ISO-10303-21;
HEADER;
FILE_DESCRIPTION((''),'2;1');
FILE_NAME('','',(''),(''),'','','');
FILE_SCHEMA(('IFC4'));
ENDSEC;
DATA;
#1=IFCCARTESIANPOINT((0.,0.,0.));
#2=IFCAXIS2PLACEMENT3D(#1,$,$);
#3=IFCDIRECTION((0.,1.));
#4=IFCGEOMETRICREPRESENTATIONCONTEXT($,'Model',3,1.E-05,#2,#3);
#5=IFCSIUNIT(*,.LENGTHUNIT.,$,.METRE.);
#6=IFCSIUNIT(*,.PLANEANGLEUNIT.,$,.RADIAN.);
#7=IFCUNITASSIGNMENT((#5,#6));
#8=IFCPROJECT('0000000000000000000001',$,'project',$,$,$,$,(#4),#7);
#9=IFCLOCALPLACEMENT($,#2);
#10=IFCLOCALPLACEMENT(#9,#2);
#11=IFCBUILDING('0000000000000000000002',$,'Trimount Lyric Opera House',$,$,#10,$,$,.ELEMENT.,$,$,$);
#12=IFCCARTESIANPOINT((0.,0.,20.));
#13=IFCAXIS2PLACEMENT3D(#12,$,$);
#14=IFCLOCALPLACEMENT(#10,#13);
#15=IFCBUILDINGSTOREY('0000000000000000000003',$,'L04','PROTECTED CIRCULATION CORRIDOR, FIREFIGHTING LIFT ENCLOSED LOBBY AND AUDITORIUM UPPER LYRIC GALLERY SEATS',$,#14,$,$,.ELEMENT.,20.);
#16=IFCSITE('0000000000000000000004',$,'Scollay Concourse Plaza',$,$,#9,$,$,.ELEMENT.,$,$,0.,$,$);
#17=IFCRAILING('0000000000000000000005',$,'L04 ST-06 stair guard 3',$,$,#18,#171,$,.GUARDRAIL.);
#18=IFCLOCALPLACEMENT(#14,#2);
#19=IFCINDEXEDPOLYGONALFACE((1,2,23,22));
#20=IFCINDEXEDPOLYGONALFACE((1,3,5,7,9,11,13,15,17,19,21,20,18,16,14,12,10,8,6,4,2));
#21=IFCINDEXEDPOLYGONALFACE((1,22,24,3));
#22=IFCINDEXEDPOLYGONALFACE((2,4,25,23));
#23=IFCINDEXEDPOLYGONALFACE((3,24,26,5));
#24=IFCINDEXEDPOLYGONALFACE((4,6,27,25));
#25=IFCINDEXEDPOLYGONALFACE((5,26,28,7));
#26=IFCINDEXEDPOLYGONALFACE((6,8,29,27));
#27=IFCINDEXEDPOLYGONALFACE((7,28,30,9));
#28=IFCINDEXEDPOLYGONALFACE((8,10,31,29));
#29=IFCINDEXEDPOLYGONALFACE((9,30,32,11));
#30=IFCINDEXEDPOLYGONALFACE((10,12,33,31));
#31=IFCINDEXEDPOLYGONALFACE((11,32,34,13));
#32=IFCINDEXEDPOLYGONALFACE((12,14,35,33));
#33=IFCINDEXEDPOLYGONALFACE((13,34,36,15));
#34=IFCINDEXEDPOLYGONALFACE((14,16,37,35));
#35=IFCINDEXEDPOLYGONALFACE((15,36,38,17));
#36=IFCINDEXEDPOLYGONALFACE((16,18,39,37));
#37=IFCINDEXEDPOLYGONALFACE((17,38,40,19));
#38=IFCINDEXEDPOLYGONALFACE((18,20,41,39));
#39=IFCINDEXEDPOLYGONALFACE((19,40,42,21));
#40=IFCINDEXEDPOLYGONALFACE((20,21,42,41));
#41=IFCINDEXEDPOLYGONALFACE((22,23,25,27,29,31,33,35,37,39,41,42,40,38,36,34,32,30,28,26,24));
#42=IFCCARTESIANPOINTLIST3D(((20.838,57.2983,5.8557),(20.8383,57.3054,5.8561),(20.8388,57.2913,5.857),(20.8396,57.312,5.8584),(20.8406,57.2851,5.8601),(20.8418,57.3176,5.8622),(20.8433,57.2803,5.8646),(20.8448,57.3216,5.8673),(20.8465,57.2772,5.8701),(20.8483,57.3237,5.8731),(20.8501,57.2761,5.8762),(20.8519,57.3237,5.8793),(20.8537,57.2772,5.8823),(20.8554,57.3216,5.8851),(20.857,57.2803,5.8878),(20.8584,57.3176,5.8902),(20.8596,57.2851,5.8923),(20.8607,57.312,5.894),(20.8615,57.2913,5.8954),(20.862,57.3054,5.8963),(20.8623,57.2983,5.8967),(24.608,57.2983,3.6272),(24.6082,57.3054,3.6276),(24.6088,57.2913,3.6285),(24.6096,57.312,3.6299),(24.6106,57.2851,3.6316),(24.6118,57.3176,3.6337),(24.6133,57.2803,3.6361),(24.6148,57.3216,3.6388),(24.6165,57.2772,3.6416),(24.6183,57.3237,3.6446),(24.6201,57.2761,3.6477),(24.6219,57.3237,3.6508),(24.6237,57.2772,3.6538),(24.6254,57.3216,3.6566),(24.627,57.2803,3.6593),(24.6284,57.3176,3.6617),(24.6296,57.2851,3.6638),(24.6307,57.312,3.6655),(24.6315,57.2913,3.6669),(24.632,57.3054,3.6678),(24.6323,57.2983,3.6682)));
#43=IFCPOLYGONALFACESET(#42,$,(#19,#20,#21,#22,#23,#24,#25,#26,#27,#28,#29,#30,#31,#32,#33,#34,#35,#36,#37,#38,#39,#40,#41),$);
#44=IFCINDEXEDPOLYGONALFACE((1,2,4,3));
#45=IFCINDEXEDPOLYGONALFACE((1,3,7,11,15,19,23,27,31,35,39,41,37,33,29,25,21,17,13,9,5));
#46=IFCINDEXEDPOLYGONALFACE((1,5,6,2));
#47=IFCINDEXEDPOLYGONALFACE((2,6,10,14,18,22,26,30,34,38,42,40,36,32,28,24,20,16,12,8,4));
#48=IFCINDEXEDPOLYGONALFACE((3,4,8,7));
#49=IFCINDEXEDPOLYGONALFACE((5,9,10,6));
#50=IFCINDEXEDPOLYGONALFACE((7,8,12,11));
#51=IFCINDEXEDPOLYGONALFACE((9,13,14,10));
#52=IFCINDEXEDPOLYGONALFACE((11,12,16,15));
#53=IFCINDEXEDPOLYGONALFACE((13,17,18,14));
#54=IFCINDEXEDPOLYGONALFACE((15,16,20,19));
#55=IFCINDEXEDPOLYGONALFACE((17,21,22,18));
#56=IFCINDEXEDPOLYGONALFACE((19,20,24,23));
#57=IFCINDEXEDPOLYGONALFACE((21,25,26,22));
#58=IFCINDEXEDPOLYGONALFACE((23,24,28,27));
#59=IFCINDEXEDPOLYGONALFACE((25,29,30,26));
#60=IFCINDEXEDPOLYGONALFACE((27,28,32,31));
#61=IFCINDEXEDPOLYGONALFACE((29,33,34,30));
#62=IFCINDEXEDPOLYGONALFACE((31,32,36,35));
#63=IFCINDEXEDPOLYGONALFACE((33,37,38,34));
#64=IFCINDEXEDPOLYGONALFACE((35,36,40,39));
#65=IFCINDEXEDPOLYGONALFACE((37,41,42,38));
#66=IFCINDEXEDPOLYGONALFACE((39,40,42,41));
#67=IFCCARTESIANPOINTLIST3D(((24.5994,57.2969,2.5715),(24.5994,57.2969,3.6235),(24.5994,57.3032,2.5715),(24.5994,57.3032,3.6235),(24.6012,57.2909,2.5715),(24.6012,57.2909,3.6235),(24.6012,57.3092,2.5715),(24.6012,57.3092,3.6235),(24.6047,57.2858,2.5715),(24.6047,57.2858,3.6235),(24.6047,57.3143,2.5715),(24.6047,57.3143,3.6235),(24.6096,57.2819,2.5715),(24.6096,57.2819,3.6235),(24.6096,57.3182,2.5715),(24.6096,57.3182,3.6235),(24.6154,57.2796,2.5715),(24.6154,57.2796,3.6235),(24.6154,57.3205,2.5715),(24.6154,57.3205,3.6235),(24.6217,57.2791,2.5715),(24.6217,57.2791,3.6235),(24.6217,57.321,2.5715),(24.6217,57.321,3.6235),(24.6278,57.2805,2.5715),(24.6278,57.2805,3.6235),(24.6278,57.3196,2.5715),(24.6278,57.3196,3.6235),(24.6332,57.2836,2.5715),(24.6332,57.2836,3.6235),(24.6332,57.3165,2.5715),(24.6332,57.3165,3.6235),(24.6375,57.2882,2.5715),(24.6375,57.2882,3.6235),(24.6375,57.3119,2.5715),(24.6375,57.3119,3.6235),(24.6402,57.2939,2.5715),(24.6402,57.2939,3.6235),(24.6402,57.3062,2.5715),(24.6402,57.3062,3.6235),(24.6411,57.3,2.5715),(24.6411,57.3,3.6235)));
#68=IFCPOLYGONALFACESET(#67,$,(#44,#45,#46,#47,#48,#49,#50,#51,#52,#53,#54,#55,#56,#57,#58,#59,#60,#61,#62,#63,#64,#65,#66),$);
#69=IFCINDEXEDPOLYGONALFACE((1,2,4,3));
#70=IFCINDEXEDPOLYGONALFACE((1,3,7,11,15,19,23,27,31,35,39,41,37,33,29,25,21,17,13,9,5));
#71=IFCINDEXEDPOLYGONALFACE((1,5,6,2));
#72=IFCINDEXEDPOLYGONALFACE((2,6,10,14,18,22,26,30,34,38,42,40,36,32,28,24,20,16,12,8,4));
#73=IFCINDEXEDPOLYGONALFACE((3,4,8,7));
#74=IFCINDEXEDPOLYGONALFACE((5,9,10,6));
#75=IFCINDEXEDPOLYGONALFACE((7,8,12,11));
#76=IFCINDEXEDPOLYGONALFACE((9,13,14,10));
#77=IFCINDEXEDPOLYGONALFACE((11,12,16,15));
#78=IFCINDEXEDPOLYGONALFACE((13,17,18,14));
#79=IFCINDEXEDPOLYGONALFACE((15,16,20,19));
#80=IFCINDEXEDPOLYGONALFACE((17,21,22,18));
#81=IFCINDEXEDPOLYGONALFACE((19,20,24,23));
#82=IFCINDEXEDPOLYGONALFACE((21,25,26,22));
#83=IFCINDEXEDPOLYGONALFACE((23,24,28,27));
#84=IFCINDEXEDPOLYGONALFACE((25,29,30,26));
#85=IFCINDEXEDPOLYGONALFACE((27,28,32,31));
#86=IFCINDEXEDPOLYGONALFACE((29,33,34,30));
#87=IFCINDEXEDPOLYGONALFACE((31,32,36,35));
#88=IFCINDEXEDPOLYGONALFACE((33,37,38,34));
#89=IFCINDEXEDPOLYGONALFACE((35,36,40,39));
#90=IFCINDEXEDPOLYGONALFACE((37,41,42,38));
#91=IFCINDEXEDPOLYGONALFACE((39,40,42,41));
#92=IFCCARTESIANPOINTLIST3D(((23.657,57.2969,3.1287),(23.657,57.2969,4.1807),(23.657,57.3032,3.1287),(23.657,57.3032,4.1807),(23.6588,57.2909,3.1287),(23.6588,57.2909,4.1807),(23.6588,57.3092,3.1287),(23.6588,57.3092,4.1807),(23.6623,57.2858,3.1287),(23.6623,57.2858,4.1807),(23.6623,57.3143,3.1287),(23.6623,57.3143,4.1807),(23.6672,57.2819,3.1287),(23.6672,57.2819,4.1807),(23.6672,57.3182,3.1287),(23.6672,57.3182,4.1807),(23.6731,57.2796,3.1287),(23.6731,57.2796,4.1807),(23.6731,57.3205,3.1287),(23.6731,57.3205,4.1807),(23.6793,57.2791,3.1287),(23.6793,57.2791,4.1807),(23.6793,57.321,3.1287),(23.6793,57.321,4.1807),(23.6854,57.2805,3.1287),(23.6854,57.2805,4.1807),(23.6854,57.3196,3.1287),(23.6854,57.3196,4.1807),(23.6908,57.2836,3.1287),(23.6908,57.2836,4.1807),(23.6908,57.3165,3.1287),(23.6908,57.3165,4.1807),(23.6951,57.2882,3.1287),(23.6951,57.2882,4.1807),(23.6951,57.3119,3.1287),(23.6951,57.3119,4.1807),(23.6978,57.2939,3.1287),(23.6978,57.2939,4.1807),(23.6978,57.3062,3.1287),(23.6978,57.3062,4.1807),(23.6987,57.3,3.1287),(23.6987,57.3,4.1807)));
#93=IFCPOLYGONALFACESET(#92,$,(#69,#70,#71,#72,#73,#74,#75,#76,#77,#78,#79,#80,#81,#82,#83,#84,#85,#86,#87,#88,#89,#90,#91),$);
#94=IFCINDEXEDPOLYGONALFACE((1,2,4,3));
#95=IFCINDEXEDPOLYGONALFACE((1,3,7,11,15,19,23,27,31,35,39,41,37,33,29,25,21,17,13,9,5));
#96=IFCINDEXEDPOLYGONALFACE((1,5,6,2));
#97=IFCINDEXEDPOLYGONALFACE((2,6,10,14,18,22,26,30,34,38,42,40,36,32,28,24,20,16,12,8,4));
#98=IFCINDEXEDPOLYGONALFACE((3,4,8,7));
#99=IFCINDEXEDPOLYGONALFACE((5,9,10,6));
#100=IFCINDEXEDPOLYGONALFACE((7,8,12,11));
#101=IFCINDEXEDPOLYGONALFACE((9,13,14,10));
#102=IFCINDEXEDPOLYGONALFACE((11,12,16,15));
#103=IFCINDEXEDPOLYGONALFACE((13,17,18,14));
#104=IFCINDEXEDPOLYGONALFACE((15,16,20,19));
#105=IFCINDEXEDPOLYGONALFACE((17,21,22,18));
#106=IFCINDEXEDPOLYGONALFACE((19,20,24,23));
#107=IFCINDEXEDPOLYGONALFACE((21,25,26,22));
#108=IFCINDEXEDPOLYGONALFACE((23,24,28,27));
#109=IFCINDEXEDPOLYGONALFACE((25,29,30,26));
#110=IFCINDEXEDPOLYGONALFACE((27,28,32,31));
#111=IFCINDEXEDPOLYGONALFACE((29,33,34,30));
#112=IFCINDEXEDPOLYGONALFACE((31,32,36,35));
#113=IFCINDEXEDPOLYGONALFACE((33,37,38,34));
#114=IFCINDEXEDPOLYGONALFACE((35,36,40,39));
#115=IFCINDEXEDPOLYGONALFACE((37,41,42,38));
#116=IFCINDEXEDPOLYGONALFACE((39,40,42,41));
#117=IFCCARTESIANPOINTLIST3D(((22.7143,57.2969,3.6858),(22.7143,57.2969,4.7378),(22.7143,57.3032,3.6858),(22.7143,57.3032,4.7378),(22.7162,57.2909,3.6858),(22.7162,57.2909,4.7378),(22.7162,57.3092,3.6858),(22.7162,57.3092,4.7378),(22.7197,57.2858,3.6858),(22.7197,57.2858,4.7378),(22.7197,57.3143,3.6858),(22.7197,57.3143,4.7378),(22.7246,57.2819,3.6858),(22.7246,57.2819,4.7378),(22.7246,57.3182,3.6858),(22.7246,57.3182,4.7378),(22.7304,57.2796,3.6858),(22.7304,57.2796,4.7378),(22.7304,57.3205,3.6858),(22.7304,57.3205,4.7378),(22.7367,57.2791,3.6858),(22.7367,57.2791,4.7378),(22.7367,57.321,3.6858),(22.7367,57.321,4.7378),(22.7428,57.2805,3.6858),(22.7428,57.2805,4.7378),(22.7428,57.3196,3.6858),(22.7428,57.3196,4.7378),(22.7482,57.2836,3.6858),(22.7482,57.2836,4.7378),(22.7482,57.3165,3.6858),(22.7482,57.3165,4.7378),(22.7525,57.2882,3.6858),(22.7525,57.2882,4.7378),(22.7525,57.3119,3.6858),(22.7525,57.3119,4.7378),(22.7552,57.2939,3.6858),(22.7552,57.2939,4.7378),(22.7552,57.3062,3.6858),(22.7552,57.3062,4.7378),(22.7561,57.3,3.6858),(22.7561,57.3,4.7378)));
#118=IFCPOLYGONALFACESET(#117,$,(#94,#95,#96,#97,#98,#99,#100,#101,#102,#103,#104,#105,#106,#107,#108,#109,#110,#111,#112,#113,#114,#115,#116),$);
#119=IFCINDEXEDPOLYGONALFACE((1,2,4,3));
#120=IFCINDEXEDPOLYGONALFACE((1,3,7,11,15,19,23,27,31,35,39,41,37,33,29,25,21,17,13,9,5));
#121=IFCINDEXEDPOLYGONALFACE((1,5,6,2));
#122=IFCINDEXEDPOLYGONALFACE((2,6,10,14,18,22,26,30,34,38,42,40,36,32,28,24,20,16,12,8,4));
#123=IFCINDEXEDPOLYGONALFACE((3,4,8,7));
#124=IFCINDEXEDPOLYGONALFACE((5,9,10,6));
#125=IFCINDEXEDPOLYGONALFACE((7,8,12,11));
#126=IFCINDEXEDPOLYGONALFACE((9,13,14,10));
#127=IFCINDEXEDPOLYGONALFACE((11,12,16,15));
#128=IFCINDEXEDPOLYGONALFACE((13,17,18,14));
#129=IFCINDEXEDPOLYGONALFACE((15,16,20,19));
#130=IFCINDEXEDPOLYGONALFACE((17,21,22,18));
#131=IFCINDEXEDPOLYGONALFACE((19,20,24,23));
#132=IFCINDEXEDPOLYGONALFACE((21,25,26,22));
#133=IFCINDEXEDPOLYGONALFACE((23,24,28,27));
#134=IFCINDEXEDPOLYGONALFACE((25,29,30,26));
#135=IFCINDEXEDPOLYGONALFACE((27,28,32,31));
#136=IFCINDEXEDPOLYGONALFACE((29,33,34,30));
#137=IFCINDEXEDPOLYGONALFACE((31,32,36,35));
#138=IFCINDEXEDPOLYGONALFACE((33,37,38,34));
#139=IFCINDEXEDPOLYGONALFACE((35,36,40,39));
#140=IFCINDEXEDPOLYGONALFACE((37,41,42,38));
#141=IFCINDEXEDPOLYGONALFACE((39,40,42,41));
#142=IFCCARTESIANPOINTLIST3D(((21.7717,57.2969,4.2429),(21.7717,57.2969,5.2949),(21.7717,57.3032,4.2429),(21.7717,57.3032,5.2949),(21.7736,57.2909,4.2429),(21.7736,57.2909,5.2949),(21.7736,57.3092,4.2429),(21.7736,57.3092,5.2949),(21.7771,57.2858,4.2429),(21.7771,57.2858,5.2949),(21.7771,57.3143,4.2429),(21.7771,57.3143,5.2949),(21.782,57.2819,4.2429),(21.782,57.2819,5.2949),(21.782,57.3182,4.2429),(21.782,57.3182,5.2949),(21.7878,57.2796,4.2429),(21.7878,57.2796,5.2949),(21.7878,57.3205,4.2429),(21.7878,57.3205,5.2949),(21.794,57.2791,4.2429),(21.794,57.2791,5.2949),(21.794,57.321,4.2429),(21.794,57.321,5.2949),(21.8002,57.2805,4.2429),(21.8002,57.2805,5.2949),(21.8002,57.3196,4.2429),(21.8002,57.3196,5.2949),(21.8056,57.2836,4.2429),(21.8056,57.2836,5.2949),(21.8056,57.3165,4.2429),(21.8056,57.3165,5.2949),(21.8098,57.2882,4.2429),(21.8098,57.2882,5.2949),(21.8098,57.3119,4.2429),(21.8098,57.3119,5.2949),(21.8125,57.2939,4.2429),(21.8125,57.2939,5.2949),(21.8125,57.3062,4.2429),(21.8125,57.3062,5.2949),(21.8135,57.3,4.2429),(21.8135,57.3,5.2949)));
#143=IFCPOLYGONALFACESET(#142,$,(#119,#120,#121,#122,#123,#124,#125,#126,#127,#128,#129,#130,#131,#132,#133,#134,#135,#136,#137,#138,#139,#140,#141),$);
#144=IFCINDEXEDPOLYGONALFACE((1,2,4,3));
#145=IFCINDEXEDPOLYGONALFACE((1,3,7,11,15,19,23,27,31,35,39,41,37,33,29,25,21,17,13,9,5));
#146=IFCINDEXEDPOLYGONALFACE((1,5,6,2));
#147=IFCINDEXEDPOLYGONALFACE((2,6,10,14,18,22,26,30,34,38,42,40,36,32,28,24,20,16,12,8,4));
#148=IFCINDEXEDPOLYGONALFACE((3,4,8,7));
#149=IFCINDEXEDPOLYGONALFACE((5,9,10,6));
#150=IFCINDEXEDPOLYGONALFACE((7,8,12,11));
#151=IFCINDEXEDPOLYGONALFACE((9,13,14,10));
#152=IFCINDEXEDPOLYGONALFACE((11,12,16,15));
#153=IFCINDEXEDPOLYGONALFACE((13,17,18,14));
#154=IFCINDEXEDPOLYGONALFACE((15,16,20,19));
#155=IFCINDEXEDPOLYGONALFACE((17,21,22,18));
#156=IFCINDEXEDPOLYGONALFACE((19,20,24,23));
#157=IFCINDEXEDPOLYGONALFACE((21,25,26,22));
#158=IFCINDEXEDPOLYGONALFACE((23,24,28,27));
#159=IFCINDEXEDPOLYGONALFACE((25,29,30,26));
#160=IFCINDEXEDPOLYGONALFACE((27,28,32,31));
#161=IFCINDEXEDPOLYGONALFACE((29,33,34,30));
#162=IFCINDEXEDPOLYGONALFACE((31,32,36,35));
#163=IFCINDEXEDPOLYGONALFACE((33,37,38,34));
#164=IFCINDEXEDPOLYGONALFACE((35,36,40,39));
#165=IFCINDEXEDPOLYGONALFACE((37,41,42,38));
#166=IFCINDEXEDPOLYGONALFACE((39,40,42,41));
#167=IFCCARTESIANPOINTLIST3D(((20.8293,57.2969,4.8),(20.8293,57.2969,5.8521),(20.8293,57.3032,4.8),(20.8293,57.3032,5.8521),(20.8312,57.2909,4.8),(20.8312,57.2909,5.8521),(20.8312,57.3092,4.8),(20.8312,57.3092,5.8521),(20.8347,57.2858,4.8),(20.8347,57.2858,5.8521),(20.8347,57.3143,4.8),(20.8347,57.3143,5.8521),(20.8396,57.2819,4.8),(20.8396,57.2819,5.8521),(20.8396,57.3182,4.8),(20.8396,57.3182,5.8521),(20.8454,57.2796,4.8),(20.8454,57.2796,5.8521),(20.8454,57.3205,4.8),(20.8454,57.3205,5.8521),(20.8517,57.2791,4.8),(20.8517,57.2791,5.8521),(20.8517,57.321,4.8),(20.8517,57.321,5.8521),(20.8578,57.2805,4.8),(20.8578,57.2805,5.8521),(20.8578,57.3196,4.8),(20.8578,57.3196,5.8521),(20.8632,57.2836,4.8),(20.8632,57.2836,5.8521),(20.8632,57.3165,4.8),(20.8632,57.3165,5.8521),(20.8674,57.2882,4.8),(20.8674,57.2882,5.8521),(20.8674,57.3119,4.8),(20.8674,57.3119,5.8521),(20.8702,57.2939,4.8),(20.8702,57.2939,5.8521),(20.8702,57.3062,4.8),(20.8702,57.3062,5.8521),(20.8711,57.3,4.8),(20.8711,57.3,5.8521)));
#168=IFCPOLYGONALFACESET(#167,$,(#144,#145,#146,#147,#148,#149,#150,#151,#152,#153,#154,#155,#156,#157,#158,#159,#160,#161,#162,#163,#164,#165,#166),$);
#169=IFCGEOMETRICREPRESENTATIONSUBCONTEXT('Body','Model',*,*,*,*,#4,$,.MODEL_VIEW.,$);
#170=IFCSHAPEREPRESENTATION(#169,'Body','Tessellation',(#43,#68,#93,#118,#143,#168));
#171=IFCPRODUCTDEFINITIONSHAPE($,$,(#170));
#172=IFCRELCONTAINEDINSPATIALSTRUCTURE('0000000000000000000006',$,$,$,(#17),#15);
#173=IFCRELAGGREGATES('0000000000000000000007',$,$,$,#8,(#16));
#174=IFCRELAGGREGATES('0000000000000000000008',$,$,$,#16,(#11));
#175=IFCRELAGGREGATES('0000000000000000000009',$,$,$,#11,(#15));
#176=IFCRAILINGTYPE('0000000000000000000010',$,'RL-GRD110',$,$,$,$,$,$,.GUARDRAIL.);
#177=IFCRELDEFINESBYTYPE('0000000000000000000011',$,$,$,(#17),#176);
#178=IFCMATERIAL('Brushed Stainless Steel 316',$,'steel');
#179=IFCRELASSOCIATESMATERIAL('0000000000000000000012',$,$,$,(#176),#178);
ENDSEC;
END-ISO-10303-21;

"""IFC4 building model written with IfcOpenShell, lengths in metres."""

from ifc_helpers import new_model, si_unit, direction, frame, origin, origin_2d, place, context, subcontext, project, spatial, circle, extrude, material, type_object, element, save


model = new_model("IFC4")

# Units and contexts
model_context = context("Model", 3, precision=1e-05, world=origin(), true_north=direction((0.0, 1.0)))
body_context = subcontext(model_context, "Body", "Model", "MODEL_VIEW")
ifc_project = project(units=[si_unit("LENGTHUNIT", "METRE"), si_unit("PLANEANGLEUNIT", "RADIAN")], contexts=[model_context])

# Site, building, storey
site_placement = place(None, origin())
site = spatial("IfcSite", under=ifc_project, at=site_placement, Name="Scollay Concourse Plaza", CompositionType="ELEMENT", RefElevation=0.0)
building_placement = place(site_placement, origin())
building = spatial("IfcBuilding", under=site, at=building_placement, Name="Trimount Lyric Opera House", CompositionType="ELEMENT")
storey_placement = place(building_placement, frame((0.0, 0.0, 20.0)))
storey = spatial("IfcBuildingStorey", under=building, at=storey_placement, Name="L04", Description="PROTECTED CIRCULATION CORRIDOR, FIREFIGHTING LIFT ENCLOSED LOBBY AND AUDITORIUM UPPER LYRIC GALLERY SEATS", CompositionType="ELEMENT", Elevation=20.0)

# Railing
ifc_material_1 = material(Name="Brushed Stainless Steel 316", Category="steel")
railing_type_1 = type_object("IfcRailingType", Name="RL-GRD110", PredefinedType="GUARDRAIL", material=ifc_material_1)
railing_1_placement = place(storey_placement, frame((24.6201, 57.3, 2.5715)))
element("IfcRailing", 1, at=railing_1_placement, inside=storey, type_object=railing_type_1, Name="L04 ST-06 stair guard 3", PredefinedType="GUARDRAIL", context=body_context, shape_type="SweptSolid", body=[
    extrude(circle(Radius=0.0239, at=origin_2d()), frame((0.0, 0.0, 1.0762), z_axis=(-0.860849, 0.0, 0.508861), x_axis=(0.0, -1.0, 0.0)), (0.0, 0.0, 1.0), 4.3794),
    extrude(circle(Radius=0.021, at=origin_2d()), origin(), (0.0, 0.0, 1.0), 1.052),
    extrude(circle(Radius=0.021, at=origin_2d()), frame((-0.9424, 0.0, 0.5571)), (0.0, 0.0, 1.0), 1.052),
    extrude(circle(Radius=0.021, at=origin_2d()), frame((-1.885, 0.0, 1.1143)), (0.0, 0.0, 1.0), 1.052),
    extrude(circle(Radius=0.021, at=origin_2d()), frame((-2.8276, 0.0, 1.6714)), (0.0, 0.0, 1.0), 1.052),
    extrude(circle(Radius=0.021, at=origin_2d()), frame((-3.77, 0.0, 2.2285)), (0.0, 0.0, 1.0), 1.052),
])

save(model, "model.ifc")
